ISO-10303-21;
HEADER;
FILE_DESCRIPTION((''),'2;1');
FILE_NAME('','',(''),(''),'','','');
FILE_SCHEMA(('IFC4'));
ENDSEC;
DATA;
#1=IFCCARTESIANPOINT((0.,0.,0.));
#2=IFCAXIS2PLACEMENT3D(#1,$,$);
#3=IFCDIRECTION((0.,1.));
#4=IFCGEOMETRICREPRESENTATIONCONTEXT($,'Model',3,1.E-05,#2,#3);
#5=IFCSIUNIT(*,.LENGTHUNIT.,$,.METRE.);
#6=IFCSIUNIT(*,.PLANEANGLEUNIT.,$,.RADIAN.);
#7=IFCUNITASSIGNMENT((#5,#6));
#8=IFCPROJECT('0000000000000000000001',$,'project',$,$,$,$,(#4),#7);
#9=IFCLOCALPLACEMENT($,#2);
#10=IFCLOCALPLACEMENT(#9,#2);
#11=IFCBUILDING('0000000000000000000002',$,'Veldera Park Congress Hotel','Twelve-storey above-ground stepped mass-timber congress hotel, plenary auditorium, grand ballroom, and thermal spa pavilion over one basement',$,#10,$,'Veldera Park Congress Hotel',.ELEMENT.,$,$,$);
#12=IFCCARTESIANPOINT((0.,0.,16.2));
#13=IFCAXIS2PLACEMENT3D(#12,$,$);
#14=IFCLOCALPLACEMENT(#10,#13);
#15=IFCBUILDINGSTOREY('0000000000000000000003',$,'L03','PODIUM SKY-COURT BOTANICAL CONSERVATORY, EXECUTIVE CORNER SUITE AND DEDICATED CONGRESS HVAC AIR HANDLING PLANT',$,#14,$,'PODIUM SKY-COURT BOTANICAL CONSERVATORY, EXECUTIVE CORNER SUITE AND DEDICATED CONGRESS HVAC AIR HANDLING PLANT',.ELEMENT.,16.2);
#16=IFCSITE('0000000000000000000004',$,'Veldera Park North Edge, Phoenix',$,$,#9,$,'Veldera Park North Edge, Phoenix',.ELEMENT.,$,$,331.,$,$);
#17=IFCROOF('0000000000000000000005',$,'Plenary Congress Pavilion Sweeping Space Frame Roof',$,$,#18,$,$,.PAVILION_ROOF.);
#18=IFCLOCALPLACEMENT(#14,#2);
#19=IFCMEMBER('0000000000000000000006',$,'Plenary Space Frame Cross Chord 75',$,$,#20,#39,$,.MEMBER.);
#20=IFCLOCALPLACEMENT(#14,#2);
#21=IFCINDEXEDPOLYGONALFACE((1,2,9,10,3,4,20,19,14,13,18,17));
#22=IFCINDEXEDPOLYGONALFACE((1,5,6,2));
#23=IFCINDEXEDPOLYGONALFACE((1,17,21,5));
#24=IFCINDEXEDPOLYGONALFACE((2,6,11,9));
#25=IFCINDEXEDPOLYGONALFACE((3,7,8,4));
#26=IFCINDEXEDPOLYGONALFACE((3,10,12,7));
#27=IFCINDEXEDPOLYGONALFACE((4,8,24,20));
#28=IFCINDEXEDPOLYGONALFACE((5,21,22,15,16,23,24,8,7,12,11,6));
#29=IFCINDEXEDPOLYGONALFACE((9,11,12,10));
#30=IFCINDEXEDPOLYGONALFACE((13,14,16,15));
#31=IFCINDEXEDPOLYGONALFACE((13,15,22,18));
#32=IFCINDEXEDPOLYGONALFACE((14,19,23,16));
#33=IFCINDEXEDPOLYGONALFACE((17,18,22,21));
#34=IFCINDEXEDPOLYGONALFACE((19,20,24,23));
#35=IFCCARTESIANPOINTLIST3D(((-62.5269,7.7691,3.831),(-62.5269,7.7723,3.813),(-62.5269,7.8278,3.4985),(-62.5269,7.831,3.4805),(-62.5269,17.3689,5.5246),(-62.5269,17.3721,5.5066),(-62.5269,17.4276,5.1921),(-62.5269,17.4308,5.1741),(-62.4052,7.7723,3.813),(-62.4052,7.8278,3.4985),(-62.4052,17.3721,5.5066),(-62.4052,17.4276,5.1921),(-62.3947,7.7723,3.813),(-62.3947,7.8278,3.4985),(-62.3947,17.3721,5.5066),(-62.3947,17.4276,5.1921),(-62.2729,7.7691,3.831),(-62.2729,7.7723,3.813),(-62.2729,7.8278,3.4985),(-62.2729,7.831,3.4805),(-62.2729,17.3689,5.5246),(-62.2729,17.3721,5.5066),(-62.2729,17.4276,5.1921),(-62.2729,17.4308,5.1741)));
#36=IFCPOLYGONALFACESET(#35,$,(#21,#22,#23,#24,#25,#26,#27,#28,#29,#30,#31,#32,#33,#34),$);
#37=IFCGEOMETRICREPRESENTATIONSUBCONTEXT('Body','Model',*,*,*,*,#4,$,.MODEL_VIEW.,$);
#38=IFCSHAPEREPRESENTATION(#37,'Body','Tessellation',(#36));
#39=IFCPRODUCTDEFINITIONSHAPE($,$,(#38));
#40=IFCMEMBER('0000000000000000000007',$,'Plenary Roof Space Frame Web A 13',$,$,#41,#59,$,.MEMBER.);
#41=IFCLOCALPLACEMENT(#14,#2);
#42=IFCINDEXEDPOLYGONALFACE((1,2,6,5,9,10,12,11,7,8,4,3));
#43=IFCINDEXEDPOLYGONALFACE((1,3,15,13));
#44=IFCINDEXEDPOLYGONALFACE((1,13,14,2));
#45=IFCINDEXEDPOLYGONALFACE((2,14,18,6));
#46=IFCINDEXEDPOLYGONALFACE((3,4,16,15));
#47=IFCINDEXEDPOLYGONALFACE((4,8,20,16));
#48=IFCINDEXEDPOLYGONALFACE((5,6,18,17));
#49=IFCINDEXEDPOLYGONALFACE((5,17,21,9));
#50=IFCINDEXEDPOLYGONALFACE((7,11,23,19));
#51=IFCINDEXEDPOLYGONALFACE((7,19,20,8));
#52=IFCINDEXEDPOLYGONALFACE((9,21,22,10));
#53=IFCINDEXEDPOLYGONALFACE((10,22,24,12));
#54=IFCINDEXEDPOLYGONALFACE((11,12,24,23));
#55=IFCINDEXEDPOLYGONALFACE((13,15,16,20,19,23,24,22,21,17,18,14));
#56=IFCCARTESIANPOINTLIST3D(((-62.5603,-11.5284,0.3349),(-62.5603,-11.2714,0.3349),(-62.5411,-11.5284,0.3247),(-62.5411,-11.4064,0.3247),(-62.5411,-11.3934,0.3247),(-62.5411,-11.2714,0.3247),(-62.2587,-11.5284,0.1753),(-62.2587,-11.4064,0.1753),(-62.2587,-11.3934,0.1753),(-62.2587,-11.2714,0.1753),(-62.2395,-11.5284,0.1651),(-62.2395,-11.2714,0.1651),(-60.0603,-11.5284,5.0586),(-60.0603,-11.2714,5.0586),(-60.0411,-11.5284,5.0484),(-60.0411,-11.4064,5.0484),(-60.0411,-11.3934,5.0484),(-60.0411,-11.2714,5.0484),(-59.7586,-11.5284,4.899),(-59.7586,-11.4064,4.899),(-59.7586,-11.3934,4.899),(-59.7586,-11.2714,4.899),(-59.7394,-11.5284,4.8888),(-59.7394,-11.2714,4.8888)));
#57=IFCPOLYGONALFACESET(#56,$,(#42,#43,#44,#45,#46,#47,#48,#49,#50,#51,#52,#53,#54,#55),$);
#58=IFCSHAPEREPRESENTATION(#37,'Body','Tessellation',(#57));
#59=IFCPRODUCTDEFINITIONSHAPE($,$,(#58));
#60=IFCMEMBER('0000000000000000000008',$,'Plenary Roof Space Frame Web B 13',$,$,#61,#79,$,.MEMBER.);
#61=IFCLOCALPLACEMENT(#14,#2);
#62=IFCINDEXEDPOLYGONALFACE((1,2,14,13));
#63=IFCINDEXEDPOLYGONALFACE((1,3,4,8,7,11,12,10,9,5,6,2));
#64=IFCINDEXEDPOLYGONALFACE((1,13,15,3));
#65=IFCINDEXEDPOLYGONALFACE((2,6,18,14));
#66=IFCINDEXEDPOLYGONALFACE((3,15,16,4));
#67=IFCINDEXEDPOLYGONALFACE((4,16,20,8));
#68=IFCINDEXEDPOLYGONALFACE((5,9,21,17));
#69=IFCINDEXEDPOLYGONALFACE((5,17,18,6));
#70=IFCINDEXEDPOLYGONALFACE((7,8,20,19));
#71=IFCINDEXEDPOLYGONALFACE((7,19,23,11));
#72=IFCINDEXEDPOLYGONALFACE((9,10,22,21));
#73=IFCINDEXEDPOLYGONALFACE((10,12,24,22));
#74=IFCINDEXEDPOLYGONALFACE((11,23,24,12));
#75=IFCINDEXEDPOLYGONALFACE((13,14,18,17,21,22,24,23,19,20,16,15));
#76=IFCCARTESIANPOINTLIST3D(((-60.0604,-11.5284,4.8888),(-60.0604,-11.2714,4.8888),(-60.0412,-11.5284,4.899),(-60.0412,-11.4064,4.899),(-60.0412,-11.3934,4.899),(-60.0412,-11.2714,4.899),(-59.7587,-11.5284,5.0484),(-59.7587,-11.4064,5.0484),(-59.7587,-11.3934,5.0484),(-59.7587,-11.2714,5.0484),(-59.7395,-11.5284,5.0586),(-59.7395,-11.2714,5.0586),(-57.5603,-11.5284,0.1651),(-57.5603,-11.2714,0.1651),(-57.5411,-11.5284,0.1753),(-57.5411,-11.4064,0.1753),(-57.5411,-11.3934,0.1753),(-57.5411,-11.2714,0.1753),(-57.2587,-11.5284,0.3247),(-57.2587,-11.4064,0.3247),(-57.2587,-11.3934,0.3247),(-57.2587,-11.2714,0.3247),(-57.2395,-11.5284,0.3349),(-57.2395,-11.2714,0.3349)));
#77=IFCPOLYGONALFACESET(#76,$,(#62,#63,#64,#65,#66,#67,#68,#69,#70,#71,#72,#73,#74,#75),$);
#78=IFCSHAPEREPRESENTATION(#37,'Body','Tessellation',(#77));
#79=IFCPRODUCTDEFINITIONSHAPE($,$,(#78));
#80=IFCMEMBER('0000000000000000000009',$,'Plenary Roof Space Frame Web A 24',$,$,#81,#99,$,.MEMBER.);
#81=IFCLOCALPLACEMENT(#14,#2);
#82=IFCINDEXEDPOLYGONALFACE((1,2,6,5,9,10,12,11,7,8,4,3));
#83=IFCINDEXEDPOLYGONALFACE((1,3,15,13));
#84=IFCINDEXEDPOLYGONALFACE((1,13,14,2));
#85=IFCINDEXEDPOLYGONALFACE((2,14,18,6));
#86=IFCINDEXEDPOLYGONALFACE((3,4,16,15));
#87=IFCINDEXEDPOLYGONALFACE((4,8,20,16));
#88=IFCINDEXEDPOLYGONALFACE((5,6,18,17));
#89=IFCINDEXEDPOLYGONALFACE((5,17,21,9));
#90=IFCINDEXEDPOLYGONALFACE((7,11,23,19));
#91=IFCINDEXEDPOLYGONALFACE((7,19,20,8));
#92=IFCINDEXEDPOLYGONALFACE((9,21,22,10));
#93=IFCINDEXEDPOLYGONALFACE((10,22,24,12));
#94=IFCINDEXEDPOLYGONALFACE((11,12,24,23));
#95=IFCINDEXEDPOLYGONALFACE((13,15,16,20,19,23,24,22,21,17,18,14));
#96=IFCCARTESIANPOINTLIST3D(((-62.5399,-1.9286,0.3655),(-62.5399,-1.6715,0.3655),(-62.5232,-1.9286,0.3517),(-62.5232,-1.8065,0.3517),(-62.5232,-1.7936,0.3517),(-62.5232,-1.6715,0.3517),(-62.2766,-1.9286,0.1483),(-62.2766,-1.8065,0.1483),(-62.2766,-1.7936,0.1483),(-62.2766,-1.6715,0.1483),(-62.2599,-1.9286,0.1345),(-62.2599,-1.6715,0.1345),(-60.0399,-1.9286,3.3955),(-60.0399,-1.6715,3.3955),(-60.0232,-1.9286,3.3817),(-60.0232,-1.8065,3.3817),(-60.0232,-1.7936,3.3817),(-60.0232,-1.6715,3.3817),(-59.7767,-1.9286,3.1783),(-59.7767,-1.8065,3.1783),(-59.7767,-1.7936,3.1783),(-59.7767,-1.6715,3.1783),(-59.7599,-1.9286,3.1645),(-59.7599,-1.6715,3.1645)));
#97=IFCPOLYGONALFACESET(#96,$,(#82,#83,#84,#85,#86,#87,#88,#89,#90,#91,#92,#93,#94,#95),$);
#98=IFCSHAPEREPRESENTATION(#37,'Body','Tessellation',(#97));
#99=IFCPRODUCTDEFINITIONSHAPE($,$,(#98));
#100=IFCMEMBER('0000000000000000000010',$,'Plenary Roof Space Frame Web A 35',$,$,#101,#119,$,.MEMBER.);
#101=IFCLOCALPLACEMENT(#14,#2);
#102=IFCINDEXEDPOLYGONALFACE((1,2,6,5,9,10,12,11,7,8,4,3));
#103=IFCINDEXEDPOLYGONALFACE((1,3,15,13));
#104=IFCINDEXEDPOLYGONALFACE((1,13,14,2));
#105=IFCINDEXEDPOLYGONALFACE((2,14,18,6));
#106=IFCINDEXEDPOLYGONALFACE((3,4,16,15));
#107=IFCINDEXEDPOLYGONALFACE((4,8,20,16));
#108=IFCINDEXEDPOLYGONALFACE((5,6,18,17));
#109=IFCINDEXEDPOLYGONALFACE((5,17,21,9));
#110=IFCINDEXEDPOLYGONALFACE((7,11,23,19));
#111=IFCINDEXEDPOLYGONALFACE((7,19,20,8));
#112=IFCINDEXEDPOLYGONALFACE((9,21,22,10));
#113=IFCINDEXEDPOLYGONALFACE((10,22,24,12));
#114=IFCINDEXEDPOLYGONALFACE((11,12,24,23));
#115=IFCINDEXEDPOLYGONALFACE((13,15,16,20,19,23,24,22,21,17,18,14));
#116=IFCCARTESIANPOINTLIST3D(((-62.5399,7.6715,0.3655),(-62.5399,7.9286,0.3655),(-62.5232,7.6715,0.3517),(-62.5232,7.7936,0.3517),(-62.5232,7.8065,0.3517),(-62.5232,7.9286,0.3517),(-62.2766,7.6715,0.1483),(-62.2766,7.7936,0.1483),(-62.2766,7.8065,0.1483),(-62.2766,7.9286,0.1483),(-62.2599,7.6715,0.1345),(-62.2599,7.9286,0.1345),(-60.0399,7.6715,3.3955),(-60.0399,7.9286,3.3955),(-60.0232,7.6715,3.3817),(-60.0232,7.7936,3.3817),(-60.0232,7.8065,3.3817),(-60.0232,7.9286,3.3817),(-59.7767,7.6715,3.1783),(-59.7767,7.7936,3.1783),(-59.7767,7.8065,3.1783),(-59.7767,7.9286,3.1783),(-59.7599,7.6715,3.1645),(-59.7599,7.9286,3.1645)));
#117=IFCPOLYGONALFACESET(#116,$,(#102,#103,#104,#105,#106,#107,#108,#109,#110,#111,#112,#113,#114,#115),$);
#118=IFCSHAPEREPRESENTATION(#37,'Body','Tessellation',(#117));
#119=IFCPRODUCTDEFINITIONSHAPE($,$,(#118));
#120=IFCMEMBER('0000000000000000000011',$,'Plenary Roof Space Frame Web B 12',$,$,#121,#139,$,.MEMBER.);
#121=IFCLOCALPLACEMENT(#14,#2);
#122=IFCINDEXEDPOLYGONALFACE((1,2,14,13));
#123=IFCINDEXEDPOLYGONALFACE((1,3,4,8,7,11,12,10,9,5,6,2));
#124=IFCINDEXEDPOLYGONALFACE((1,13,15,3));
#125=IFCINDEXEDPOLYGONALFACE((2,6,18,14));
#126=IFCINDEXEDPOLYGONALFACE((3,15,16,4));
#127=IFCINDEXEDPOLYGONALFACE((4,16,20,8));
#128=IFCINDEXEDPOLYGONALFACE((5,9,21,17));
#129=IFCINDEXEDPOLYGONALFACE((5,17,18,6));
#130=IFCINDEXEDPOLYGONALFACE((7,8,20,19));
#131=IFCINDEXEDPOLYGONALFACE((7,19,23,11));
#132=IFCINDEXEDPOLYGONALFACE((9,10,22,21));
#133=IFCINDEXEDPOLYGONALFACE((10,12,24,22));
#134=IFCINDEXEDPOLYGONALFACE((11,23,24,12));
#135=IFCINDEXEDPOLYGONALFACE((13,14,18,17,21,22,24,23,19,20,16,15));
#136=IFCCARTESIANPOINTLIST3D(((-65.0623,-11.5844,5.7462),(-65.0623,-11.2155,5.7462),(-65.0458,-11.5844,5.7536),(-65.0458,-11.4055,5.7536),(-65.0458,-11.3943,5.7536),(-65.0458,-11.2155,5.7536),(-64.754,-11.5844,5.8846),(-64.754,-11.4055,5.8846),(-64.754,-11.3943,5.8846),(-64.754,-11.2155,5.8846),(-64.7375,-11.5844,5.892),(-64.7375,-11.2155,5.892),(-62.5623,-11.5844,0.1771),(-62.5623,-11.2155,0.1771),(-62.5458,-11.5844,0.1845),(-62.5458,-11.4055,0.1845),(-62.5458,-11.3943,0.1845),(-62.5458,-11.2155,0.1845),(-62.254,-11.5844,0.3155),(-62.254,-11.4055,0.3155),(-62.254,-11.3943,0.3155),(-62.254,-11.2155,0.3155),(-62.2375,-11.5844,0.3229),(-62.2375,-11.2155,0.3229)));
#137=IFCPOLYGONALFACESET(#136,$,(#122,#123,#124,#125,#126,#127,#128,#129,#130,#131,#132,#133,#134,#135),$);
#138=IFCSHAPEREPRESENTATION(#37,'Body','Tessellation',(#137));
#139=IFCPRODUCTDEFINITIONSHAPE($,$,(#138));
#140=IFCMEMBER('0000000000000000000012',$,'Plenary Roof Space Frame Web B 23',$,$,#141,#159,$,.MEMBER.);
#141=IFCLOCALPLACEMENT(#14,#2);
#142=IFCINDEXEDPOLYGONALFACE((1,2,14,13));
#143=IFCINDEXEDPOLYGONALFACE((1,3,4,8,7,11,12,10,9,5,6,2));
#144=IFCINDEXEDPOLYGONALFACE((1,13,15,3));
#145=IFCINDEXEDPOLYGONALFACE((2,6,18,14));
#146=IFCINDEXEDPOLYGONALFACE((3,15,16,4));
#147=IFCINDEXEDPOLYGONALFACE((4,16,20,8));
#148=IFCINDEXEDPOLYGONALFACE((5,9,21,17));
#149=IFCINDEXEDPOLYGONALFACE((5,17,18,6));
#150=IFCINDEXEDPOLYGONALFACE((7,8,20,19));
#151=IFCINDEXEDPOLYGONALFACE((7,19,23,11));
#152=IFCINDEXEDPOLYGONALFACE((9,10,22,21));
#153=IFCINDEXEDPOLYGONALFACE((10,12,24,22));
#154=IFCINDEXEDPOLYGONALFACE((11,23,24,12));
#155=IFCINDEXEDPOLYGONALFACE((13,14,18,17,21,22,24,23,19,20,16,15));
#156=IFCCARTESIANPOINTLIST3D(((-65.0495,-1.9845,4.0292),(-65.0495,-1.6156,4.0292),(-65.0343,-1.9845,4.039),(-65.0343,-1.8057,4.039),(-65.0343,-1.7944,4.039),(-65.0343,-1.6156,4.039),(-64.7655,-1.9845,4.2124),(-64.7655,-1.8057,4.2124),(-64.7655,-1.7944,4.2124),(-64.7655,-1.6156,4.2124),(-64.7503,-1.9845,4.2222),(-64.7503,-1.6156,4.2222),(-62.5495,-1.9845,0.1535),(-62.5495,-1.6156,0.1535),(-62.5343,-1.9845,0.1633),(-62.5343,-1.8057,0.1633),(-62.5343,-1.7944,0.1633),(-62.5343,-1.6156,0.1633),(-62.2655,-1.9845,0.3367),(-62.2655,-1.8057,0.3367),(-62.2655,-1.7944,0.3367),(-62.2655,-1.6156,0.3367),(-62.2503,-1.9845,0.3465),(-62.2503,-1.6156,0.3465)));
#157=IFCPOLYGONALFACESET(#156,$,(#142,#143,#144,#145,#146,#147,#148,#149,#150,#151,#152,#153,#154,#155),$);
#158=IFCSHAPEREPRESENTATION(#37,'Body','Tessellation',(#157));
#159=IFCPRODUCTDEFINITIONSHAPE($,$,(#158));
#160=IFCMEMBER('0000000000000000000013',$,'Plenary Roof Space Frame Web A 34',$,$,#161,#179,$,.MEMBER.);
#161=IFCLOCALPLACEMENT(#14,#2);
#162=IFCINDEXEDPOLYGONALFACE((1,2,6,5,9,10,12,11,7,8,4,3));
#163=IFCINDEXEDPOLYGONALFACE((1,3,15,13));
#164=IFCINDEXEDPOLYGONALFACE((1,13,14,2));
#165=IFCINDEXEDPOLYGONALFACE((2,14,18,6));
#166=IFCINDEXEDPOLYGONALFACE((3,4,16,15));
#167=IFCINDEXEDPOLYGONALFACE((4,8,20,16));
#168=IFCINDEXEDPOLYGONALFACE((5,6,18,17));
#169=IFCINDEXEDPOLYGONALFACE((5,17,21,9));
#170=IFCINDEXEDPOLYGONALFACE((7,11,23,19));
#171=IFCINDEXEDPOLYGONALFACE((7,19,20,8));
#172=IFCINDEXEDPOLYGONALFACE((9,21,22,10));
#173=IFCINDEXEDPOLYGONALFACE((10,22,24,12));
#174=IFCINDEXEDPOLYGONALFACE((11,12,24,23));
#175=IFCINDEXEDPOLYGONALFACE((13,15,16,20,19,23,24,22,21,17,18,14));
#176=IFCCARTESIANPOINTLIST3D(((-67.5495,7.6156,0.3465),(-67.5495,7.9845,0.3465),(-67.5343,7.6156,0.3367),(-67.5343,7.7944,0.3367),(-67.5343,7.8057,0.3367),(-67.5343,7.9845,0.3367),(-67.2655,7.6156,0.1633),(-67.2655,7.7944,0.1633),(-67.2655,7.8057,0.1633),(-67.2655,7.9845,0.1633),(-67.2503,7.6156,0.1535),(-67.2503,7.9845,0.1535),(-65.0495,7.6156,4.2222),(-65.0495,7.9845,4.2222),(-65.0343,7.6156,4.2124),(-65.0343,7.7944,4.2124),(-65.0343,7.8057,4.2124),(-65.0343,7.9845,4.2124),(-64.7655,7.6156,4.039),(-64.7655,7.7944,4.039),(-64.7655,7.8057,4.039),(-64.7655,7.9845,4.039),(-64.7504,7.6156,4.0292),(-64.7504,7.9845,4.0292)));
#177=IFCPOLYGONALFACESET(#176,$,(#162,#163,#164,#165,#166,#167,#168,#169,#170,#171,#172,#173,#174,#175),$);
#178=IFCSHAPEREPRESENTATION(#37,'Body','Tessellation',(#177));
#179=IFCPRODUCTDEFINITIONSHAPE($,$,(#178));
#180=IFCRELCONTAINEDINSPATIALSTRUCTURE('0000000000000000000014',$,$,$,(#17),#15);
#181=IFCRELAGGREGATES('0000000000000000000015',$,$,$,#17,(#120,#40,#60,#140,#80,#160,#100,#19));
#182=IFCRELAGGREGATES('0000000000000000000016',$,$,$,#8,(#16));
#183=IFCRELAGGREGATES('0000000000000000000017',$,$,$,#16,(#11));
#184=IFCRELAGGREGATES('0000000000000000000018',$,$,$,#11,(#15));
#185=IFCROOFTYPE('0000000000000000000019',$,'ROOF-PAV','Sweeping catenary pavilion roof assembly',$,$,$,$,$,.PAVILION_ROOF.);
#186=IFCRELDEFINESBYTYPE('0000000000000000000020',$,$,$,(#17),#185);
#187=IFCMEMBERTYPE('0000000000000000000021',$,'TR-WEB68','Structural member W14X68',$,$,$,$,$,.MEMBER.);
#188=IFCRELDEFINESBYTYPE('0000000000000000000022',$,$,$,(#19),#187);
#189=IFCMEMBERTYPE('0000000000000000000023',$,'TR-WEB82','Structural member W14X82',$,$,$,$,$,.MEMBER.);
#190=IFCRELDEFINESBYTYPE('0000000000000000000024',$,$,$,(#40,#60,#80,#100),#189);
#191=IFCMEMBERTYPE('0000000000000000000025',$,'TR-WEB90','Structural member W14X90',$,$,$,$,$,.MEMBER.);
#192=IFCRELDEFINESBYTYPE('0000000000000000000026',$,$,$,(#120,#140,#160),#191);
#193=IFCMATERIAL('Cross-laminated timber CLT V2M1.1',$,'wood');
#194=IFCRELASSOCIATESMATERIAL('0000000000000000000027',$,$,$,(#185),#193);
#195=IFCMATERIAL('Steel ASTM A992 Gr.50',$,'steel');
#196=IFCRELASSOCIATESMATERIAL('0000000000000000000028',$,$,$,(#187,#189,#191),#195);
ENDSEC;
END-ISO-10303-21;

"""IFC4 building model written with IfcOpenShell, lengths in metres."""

from ifc_helpers import new_model, si_unit, direction, frame, origin, origin_2d, place, context, subcontext, project, spatial, i_section, extrude, material, material_profile, profile_set, type_object, element, aggregate, save


model = new_model("IFC4")

# Units and contexts
model_context = context("Model", 3, precision=1e-05, world=origin(), true_north=direction((0.0, 1.0)))
body_context = subcontext(model_context, "Body", "Model", "MODEL_VIEW")
ifc_project = project(units=[si_unit("LENGTHUNIT", "METRE"), si_unit("PLANEANGLEUNIT", "RADIAN")], contexts=[model_context])

# Site, building, storey
site_placement = place(None, origin())
site = spatial("IfcSite", under=ifc_project, at=site_placement, Name="Veldera Park North Edge, Phoenix", LongName="Veldera Park North Edge, Phoenix", CompositionType="ELEMENT", RefElevation=331.0)
building_placement = place(site_placement, origin())
building = spatial("IfcBuilding", under=site, at=building_placement, Name="Veldera Park Congress Hotel", Description="Twelve-storey above-ground stepped mass-timber congress hotel, plenary auditorium, grand ballroom, and thermal spa pavilion over one basement", LongName="Veldera Park Congress Hotel", CompositionType="ELEMENT")
storey_placement = place(building_placement, frame((0.0, 0.0, 16.2)))
storey = spatial("IfcBuildingStorey", under=building, at=storey_placement, Name="L03", Description="PODIUM SKY-COURT BOTANICAL CONSERVATORY, EXECUTIVE CORNER SUITE AND DEDICATED CONGRESS HVAC AIR HANDLING PLANT", LongName="PODIUM SKY-COURT BOTANICAL CONSERVATORY, EXECUTIVE CORNER SUITE AND DEDICATED CONGRESS HVAC AIR HANDLING PLANT", CompositionType="ELEMENT", Elevation=16.2)

# Roof, members
ifc_material_1 = material(Name="Cross-laminated timber CLT V2M1.1", Category="wood")
roof_type = type_object("IfcRoofType", Name="ROOF-PAV", Description="Sweeping catenary pavilion roof assembly", PredefinedType="PAVILION_ROOF", material=ifc_material_1)
roof_placement = place(storey_placement, origin())
roof = element("IfcRoof", 1, at=roof_placement, inside=storey, type_object=roof_type, Name="Plenary Congress Pavilion Sweeping Space Frame Roof", PredefinedType="PAVILION_ROOF")
ifc_material_2 = material(Name="Steel ASTM A992 Gr.50", Category="steel")
ifc_material_profile_1 = material_profile(ifc_material_2, i_section(OverallWidth=0.2539, OverallDepth=0.356, WebThickness=0.0105, FlangeThickness=0.0183, at=origin_2d()), Name="W14X68")
ifc_profile_set_1 = profile_set([ifc_material_profile_1], Name="Steel ASTM A992 Gr.50")
member_type_1 = type_object("IfcMemberType", Name="TR-WEB68", Description="Structural member W14X68", PredefinedType="MEMBER", material=ifc_profile_set_1)
member_1_placement = place(storey_placement, frame((-62.3999, 7.8, 3.6558), z_axis=(0.0, 0.984792, 0.173737), x_axis=(-1.0, 0.0, 0.0)))
member_1 = element("IfcMember", 2, at=member_1_placement, type_object=member_type_1, Name="Plenary Space Frame Cross Chord 75", PredefinedType="MEMBER", context=body_context, shape_type="SweptSolid", body=[
    extrude(i_section(OverallWidth=0.2539, OverallDepth=0.356, WebThickness=0.0105, FlangeThickness=0.0183, at=origin_2d()), origin(), (0.0, 0.0, 1.0), 9.748),
])
ifc_material_profile_2 = material_profile(ifc_material_2, i_section(OverallWidth=0.2571, OverallDepth=0.363, WebThickness=0.0129, FlangeThickness=0.0217, at=origin_2d()), Name="W14X82")
ifc_profile_set_2 = profile_set([ifc_material_profile_2], Name="Steel ASTM A992 Gr.50")
member_type_2 = type_object("IfcMemberType", Name="TR-WEB82", Description="Structural member W14X82", PredefinedType="MEMBER", material=ifc_profile_set_2)
member_2_placement = place(storey_placement, frame((-62.3999, -11.3999, 0.25), z_axis=(0.467779, 0.0, 0.883846), x_axis=(0.0, 1.0, 0.0)))
member_2 = element("IfcMember", 3, at=member_2_placement, type_object=member_type_2, Name="Plenary Roof Space Frame Web A 13", PredefinedType="MEMBER", context=body_context, shape_type="SweptSolid", body=[
    extrude(i_section(OverallWidth=0.2571, OverallDepth=0.363, WebThickness=0.0129, FlangeThickness=0.0217, at=origin_2d()), origin(), (0.0, 0.0, 1.0), 5.3445),
])
member_3_placement = place(storey_placement, frame((-57.3999, -11.3999, 0.25), z_axis=(-0.467779, 0.0, 0.883846), x_axis=(0.0, -1.0, 0.0)))
member_3 = element("IfcMember", 4, at=member_3_placement, type_object=member_type_2, Name="Plenary Roof Space Frame Web B 13", PredefinedType="MEMBER", context=body_context, shape_type="SweptSolid", body=[
    extrude(i_section(OverallWidth=0.2571, OverallDepth=0.363, WebThickness=0.0129, FlangeThickness=0.0217, at=origin_2d()), origin(), (0.0, 0.0, 1.0), 5.3445),
])
member_4_placement = place(storey_placement, frame((-62.3999, -1.8, 0.25), z_axis=(0.636417, 0.0, 0.771345), x_axis=(0.0, 1.0, 0.0)))
member_4 = element("IfcMember", 5, at=member_4_placement, type_object=member_type_2, Name="Plenary Roof Space Frame Web A 24", PredefinedType="MEMBER", context=body_context, shape_type="SweptSolid", body=[
    extrude(i_section(OverallWidth=0.2571, OverallDepth=0.363, WebThickness=0.0129, FlangeThickness=0.0217, at=origin_2d()), origin(), (0.0, 0.0, 1.0), 3.9282),
])
member_5_placement = place(storey_placement, frame((-62.3999, 7.8, 0.25), z_axis=(0.636417, 0.0, 0.771345), x_axis=(0.0, 1.0, 0.0)))
member_5 = element("IfcMember", 6, at=member_5_placement, type_object=member_type_2, Name="Plenary Roof Space Frame Web A 35", PredefinedType="MEMBER", context=body_context, shape_type="SweptSolid", body=[
    extrude(i_section(OverallWidth=0.2571, OverallDepth=0.363, WebThickness=0.0129, FlangeThickness=0.0217, at=origin_2d()), origin(), (0.0, 0.0, 1.0), 3.9282),
])
ifc_material_profile_3 = material_profile(ifc_material_2, i_section(OverallWidth=0.3689, OverallDepth=0.356, WebThickness=0.0112, FlangeThickness=0.0181, at=origin_2d()), Name="W14X90")
ifc_profile_set_3 = profile_set([ifc_material_profile_3], Name="Steel ASTM A992 Gr.50")
member_type_3 = type_object("IfcMemberType", Name="TR-WEB90", Description="Structural member W14X90", PredefinedType="MEMBER", material=ifc_profile_set_3)
member_6_placement = place(storey_placement, frame((-62.3999, -11.3999, 0.25), z_axis=(-0.409535, 0.0, 0.912295), x_axis=(0.0, -1.0, 0.0)))
member_6 = element("IfcMember", 7, at=member_6_placement, type_object=member_type_3, Name="Plenary Roof Space Frame Web B 12", PredefinedType="MEMBER", context=body_context, shape_type="SweptSolid", body=[
    extrude(i_section(OverallWidth=0.3689, OverallDepth=0.356, WebThickness=0.0112, FlangeThickness=0.0181, at=origin_2d()), origin(), (0.0, 0.0, 1.0), 6.1045),
])
member_7_placement = place(storey_placement, frame((-62.3999, -1.8, 0.25), z_axis=(-0.542055, 0.0, 0.840343), x_axis=(0.0, -1.0, 0.0)))
member_7 = element("IfcMember", 8, at=member_7_placement, type_object=member_type_3, Name="Plenary Roof Space Frame Web B 23", PredefinedType="MEMBER", context=body_context, shape_type="SweptSolid", body=[
    extrude(i_section(OverallWidth=0.3689, OverallDepth=0.356, WebThickness=0.0112, FlangeThickness=0.0181, at=origin_2d()), origin(), (0.0, 0.0, 1.0), 4.6121),
])
member_8_placement = place(storey_placement, frame((-67.3999, 7.8, 0.25), z_axis=(0.542055, 0.0, 0.840343), x_axis=(0.0, 1.0, 0.0)))
member_8 = element("IfcMember", 9, at=member_8_placement, type_object=member_type_3, Name="Plenary Roof Space Frame Web A 34", PredefinedType="MEMBER", context=body_context, shape_type="SweptSolid", body=[
    extrude(i_section(OverallWidth=0.3689, OverallDepth=0.356, WebThickness=0.0112, FlangeThickness=0.0181, at=origin_2d()), origin(), (0.0, 0.0, 1.0), 4.6121),
])
aggregate(roof, [member_6, member_2, member_3, member_7, member_4, member_8, member_5, member_1])

save(model, "model.ifc")
